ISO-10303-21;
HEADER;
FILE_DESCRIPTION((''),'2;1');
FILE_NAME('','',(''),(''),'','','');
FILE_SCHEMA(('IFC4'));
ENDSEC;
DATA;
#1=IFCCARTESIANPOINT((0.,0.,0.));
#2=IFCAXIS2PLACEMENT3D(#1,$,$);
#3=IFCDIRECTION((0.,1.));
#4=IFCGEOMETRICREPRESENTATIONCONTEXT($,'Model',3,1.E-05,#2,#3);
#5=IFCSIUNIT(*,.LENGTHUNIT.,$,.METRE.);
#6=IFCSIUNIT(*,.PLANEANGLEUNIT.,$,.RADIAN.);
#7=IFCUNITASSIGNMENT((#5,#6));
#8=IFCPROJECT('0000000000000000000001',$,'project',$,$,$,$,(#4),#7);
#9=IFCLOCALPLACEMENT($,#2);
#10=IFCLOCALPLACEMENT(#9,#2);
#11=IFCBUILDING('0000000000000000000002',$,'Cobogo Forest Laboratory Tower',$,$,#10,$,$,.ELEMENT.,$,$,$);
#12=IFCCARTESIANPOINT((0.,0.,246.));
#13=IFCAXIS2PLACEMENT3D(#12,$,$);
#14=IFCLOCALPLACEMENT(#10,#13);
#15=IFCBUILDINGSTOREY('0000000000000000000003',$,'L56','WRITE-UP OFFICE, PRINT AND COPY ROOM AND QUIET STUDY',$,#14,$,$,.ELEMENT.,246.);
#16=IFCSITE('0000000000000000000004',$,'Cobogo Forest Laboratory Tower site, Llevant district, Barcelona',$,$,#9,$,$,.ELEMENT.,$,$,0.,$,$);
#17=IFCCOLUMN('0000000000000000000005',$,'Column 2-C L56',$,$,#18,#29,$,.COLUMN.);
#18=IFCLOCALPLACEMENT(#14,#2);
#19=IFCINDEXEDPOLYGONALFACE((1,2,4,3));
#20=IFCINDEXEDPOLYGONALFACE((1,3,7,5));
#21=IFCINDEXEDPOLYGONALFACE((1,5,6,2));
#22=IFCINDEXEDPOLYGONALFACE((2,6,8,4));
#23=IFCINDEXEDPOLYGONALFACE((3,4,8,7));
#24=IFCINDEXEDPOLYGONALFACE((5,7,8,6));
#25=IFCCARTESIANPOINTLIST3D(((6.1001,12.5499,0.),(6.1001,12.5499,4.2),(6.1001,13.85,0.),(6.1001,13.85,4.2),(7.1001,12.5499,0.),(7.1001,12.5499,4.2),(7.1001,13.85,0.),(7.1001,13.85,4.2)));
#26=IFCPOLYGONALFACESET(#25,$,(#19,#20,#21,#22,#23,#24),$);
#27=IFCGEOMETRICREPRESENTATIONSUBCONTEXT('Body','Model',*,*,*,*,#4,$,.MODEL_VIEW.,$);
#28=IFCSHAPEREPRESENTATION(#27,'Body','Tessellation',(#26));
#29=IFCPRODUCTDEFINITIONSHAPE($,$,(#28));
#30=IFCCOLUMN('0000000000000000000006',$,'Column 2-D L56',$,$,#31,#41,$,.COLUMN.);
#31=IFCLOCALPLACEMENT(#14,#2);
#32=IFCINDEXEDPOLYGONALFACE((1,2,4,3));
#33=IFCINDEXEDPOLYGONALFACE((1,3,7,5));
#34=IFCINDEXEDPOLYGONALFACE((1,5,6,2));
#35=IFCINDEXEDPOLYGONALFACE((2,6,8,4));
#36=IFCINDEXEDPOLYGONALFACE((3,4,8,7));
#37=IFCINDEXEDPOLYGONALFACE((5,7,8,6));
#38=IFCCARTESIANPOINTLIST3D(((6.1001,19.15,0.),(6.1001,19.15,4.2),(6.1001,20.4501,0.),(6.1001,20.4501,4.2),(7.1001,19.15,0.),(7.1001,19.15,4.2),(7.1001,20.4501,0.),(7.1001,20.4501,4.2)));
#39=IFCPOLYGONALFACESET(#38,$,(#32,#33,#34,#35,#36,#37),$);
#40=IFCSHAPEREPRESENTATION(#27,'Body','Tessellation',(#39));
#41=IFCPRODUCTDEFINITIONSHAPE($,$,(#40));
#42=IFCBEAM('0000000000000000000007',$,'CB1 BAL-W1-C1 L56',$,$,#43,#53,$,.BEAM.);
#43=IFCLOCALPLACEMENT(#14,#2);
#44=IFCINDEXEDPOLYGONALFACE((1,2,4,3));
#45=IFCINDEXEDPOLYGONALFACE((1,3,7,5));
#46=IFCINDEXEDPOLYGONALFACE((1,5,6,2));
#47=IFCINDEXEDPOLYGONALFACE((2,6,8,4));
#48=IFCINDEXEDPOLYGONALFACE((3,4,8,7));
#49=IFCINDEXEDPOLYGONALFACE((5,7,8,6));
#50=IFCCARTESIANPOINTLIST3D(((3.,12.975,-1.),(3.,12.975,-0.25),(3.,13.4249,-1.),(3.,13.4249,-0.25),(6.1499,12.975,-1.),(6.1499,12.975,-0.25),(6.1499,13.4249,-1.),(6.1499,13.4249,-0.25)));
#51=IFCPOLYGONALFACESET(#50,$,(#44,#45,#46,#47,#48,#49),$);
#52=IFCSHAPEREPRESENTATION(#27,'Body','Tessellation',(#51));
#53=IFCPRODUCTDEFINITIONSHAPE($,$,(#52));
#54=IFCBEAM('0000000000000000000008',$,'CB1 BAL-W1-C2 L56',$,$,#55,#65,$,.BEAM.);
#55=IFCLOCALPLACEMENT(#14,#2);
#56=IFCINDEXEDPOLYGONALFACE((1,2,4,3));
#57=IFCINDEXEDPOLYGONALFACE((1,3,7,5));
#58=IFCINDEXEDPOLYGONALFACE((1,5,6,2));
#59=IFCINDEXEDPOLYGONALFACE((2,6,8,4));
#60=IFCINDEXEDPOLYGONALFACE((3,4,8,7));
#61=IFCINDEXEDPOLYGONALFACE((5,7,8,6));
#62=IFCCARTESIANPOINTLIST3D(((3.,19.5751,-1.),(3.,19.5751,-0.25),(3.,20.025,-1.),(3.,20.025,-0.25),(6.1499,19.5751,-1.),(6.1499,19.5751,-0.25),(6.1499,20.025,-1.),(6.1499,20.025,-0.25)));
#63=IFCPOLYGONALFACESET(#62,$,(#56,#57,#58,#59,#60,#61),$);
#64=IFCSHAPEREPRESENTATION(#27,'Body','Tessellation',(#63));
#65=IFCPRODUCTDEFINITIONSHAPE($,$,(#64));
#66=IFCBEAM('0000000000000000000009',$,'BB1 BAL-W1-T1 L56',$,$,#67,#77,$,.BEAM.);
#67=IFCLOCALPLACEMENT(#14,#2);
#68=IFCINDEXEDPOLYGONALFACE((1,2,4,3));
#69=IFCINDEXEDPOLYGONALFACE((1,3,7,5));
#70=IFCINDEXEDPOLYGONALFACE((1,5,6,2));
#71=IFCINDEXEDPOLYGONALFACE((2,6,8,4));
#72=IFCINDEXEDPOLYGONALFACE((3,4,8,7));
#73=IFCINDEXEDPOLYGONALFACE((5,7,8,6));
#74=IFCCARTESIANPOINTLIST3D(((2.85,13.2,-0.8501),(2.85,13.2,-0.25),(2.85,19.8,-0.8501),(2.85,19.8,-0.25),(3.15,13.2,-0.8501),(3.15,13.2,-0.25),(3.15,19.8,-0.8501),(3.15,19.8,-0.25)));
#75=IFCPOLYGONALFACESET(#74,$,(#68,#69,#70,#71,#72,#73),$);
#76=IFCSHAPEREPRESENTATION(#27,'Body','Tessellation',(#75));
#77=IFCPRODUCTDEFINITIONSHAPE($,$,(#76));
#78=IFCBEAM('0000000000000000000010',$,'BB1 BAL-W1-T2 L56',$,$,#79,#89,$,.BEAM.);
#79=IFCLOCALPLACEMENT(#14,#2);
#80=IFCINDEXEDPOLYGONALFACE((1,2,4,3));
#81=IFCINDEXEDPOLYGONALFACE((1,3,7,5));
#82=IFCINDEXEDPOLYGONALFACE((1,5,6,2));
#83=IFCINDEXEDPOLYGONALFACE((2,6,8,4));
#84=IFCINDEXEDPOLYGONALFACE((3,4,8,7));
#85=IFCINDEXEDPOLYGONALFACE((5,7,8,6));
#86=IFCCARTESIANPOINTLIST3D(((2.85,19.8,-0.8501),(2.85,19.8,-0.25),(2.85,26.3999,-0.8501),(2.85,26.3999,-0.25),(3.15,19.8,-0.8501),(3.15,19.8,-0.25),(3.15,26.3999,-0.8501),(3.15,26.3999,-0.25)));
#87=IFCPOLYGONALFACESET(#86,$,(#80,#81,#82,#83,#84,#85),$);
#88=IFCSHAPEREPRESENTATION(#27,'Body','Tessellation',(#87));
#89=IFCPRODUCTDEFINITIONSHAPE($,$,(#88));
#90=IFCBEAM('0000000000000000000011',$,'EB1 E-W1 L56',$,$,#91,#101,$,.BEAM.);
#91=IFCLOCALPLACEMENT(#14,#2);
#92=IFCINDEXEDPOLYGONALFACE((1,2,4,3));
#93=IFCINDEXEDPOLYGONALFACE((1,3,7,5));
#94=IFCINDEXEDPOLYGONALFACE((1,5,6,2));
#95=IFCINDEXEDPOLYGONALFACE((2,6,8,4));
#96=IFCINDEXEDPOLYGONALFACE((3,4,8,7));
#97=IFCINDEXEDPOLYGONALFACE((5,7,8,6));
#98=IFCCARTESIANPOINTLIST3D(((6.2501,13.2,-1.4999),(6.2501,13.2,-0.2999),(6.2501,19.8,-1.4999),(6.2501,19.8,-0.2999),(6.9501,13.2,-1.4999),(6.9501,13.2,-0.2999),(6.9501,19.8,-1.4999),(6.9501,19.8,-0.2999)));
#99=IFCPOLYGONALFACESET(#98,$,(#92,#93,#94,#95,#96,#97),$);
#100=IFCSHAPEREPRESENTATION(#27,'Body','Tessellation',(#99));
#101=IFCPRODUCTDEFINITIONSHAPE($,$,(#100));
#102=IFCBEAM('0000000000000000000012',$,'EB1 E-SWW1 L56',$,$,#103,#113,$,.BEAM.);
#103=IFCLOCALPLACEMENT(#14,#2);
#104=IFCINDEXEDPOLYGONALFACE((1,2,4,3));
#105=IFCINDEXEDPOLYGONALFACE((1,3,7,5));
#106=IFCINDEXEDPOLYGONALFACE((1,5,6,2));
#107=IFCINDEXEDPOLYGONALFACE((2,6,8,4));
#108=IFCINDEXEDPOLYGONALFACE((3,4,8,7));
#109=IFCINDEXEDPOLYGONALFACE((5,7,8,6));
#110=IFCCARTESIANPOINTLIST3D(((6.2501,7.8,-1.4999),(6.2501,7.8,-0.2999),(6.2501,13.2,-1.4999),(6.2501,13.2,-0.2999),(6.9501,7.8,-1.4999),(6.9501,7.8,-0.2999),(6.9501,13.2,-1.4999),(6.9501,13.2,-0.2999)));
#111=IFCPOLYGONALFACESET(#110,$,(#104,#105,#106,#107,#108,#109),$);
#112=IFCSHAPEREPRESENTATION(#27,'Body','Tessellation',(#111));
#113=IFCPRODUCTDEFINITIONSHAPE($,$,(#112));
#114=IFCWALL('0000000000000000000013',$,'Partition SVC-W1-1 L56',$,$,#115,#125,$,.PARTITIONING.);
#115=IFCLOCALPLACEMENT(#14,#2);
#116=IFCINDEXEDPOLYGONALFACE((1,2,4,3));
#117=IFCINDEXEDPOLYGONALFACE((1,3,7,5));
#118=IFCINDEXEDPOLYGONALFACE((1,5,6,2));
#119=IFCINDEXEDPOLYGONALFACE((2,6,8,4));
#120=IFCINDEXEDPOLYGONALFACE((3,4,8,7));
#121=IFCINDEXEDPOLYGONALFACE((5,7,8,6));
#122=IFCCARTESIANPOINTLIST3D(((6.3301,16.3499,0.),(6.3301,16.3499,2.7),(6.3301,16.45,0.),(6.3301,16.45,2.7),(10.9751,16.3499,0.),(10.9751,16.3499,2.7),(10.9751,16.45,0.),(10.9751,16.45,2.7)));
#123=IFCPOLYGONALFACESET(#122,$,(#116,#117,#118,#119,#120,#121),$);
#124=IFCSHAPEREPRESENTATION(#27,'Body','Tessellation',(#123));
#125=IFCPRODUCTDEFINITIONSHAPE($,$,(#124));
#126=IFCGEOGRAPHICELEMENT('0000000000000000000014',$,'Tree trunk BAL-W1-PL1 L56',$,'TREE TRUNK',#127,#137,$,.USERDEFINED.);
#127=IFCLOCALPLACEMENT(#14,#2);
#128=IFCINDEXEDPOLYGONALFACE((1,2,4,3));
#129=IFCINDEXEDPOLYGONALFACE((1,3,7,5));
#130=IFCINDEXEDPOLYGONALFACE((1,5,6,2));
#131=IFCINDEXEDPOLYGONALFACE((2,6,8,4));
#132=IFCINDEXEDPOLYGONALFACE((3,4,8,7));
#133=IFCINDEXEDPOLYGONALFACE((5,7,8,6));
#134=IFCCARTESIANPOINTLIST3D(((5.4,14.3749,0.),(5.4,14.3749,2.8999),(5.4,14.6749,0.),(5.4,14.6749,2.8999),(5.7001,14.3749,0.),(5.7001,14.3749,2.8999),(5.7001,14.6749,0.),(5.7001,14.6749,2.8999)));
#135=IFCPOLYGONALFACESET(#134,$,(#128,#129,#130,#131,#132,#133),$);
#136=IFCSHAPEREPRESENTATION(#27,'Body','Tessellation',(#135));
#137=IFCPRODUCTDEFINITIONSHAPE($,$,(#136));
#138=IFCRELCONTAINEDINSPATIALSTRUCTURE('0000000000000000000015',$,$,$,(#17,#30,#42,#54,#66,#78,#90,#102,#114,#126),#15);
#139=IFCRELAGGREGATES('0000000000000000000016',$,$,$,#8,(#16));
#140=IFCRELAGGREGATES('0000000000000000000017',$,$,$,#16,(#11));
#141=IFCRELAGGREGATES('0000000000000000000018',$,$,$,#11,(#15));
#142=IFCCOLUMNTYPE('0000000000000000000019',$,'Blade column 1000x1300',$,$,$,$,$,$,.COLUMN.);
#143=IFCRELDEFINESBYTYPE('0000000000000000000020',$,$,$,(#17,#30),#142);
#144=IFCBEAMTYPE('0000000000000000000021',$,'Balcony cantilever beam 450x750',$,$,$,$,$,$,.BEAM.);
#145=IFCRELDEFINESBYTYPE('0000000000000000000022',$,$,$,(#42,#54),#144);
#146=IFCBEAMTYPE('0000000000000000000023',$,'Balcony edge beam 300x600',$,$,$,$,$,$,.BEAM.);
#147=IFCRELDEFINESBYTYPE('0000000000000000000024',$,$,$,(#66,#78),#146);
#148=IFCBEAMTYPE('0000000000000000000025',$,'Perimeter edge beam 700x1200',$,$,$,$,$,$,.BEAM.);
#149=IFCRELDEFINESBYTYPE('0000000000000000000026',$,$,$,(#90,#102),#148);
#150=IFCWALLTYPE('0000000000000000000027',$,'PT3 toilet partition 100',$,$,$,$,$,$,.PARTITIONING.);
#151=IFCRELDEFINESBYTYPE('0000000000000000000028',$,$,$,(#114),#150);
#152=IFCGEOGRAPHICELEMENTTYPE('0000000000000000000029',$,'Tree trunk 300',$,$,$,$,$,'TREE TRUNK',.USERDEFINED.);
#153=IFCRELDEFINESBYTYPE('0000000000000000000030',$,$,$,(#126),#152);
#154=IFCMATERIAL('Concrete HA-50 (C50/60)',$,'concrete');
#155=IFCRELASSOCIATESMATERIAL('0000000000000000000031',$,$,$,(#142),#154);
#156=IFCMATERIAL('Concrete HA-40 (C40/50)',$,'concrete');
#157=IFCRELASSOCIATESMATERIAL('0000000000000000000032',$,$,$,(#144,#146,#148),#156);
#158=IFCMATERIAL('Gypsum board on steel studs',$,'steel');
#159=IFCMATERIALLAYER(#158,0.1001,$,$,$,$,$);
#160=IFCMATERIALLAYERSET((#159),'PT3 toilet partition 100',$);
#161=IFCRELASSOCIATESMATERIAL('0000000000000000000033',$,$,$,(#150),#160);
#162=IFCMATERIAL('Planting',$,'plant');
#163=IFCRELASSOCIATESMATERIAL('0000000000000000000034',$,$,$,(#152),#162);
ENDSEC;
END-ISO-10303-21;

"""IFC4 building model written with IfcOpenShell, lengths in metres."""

from ifc_helpers import new_model, si_unit, direction, frame, frame_2d, origin, origin_2d, place, context, subcontext, project, spatial, rectangle, extrude, material, layer, layer_set, material_profile, profile_set, type_object, element, save


model = new_model("IFC4")

# Units and contexts
model_context = context("Model", 3, precision=1e-05, world=origin(), true_north=direction((0.0, 1.0)))
body_context = subcontext(model_context, "Body", "Model", "MODEL_VIEW")
ifc_project = project(units=[si_unit("LENGTHUNIT", "METRE"), si_unit("PLANEANGLEUNIT", "RADIAN")], contexts=[model_context])

# Site, building, storey
site_placement = place(None, origin())
site = spatial("IfcSite", under=ifc_project, at=site_placement, Name="Cobogo Forest Laboratory Tower site, Llevant district, Barcelona", CompositionType="ELEMENT", RefElevation=0.0)
building_placement = place(site_placement, origin())
building = spatial("IfcBuilding", under=site, at=building_placement, Name="Cobogo Forest Laboratory Tower", CompositionType="ELEMENT")
storey_placement = place(building_placement, frame((0.0, 0.0, 246.0)))
storey = spatial("IfcBuildingStorey", under=building, at=storey_placement, Name="L56", Description="WRITE-UP OFFICE, PRINT AND COPY ROOM AND QUIET STUDY", CompositionType="ELEMENT", Elevation=246.0)

# Columns
ifc_material_1 = material(Name="Concrete HA-50 (C50/60)", Category="concrete")
ifc_material_profile_1 = material_profile(ifc_material_1, rectangle(XDim=1.3, YDim=1.0, at=origin_2d()), Name="RC 1000x1300")
ifc_profile_set_1 = profile_set([ifc_material_profile_1], Name="Concrete HA-50 (C50/60)")
column_type = type_object("IfcColumnType", Name="Blade column 1000x1300", PredefinedType="COLUMN", material=ifc_profile_set_1)
for number, where, z_axis, x_axis, name in (
    (1, (6.6001, 13.2, 0.0), (0.0, 0.0, 1.0), (0.0, 1.0, 0.0), "Column 2-C L56"),
    (2, (6.6001, 19.8, 0.0), (0.0, 0.0, 1.0), (0.0, 1.0, 0.0), "Column 2-D L56"),
):
    element("IfcColumn", number, at=place(storey_placement, frame(where, z_axis=z_axis, x_axis=x_axis)), inside=storey, type_object=column_type, Name=name, PredefinedType="COLUMN", context=body_context, shape_type="SweptSolid", body=[
        extrude(rectangle(XDim=1.3, YDim=1.0, at=origin_2d()), origin(), (0.0, 0.0, 1.0), 4.2),
    ])

# Beams
ifc_material_2 = material(Name="Concrete HA-40 (C40/50)", Category="concrete")
ifc_material_profile_2 = material_profile(ifc_material_2, rectangle(XDim=0.45, YDim=0.75, at=origin_2d()), Name="RC 450x750")
ifc_profile_set_2 = profile_set([ifc_material_profile_2], Name="Concrete HA-40 (C40/50)")
beam_type_1 = type_object("IfcBeamType", Name="Balcony cantilever beam 450x750", PredefinedType="BEAM", material=ifc_profile_set_2)
for number, where, z_axis, x_axis, name in (
    (3, (6.1499, 13.2, -0.625), (-1.0, 0.0, 0.0), (0.0, -1.0, 0.0), "CB1 BAL-W1-C1 L56"),
    (4, (6.1499, 19.8, -0.625), (-1.0, 0.0, 0.0), (0.0, -1.0, 0.0), "CB1 BAL-W1-C2 L56"),
):
    element("IfcBeam", number, at=place(storey_placement, frame(where, z_axis=z_axis, x_axis=x_axis)), inside=storey, type_object=beam_type_1, Name=name, PredefinedType="BEAM", context=body_context, shape_type="SweptSolid", body=[
        extrude(rectangle(XDim=0.45, YDim=0.75, at=origin_2d()), origin(), (0.0, 0.0, 1.0), 3.1499),
    ])
ifc_material_profile_3 = material_profile(ifc_material_2, rectangle(XDim=0.3, YDim=0.6001, at=origin_2d()), Name="RC 300x600")
ifc_profile_set_3 = profile_set([ifc_material_profile_3], Name="Concrete HA-40 (C40/50)")
beam_type_2 = type_object("IfcBeamType", Name="Balcony edge beam 300x600", PredefinedType="BEAM", material=ifc_profile_set_3)
beam_1_placement = place(storey_placement, frame((3.0, 13.2, -0.55), z_axis=(0.0, 1.0, 0.0), x_axis=(-1.0, 0.0, 0.0)))
element("IfcBeam", 5, at=beam_1_placement, inside=storey, type_object=beam_type_2, Name="BB1 BAL-W1-T1 L56", PredefinedType="BEAM", context=body_context, shape_type="SweptSolid", body=[
    extrude(rectangle(XDim=0.3, YDim=0.6001, at=origin_2d()), origin(), (0.0, 0.0, 1.0), 6.6001),
])
beam_2_placement = place(storey_placement, frame((3.0, 19.8, -0.55), z_axis=(0.0, 1.0, 0.0), x_axis=(-1.0, 0.0, 0.0)))
element("IfcBeam", 6, at=beam_2_placement, inside=storey, type_object=beam_type_2, Name="BB1 BAL-W1-T2 L56", PredefinedType="BEAM", context=body_context, shape_type="SweptSolid", body=[
    extrude(rectangle(XDim=0.3, YDim=0.6001, at=origin_2d()), origin(), (0.0, 0.0, 1.0), 6.5999),
])
ifc_material_profile_4 = material_profile(ifc_material_2, rectangle(XDim=0.7, YDim=1.2, at=origin_2d()), Name="RC 700x1200")
ifc_profile_set_4 = profile_set([ifc_material_profile_4], Name="Concrete HA-40 (C40/50)")
beam_type_3 = type_object("IfcBeamType", Name="Perimeter edge beam 700x1200", PredefinedType="BEAM", material=ifc_profile_set_4)
beam_3_placement = place(storey_placement, frame((6.6001, 13.2, -0.8999), z_axis=(0.0, 1.0, 0.0), x_axis=(-1.0, 0.0, 0.0)))
element("IfcBeam", 7, at=beam_3_placement, inside=storey, type_object=beam_type_3, Name="EB1 E-W1 L56", PredefinedType="BEAM", context=body_context, shape_type="SweptSolid", body=[
    extrude(rectangle(XDim=0.7, YDim=1.2, at=origin_2d()), origin(), (0.0, 0.0, 1.0), 6.6001),
])
beam_4_placement = place(storey_placement, frame((6.6001, 13.2, -0.8999), z_axis=(0.0, -1.0, 0.0), x_axis=(1.0, 0.0, 0.0)))
element("IfcBeam", 8, at=beam_4_placement, inside=storey, type_object=beam_type_3, Name="EB1 E-SWW1 L56", PredefinedType="BEAM", context=body_context, shape_type="SweptSolid", body=[
    extrude(rectangle(XDim=0.7, YDim=1.2, at=origin_2d()), origin(), (0.0, 0.0, 1.0), 5.3999),
])

# Wall
ifc_material_3 = material(Name="Gypsum board on steel studs", Category="steel")
ifc_layer_1 = layer(ifc_material_3, 0.1001)
ifc_layer_set_1 = layer_set([ifc_layer_1], Name="PT3 toilet partition 100")
wall_type_1 = type_object("IfcWallType", Name="PT3 toilet partition 100", PredefinedType="PARTITIONING", material=ifc_layer_set_1)
wall_1_placement = place(storey_placement, frame((6.3301, 16.3999, 0.0), z_axis=(0.0, 0.0, 1.0), x_axis=(1.0, 0.0, 0.0)))
element("IfcWall", 9, at=wall_1_placement, inside=storey, type_object=wall_type_1, Name="Partition SVC-W1-1 L56", PredefinedType="PARTITIONING", context=body_context, shape_type="SweptSolid", body=[
    extrude(rectangle(XDim=4.645, YDim=0.1001, at=frame_2d((2.3225, 0.0))), origin(), (0.0, 0.0, 1.0), 2.7),
])

# Geographic element
ifc_material_4 = material(Name="Planting", Category="plant")
geographic_element_type = type_object("IfcGeographicElementType", Name="Tree trunk 300", ElementType="TREE TRUNK", PredefinedType="USERDEFINED", material=ifc_material_4)
geographic_element_placement = place(storey_placement, frame((5.55, 14.5249, 0.0), z_axis=(0.0, 0.0, 1.0), x_axis=(1.0, 0.0, 0.0)))
element("IfcGeographicElement", 10, at=geographic_element_placement, inside=storey, type_object=geographic_element_type, Name="Tree trunk BAL-W1-PL1 L56", ObjectType="TREE TRUNK", PredefinedType="USERDEFINED", context=body_context, shape_type="SweptSolid", body=[
    extrude(rectangle(XDim=0.3, YDim=0.3, at=origin_2d()), origin(), (0.0, 0.0, 1.0), 2.8999),
])

save(model, "model.ifc")
